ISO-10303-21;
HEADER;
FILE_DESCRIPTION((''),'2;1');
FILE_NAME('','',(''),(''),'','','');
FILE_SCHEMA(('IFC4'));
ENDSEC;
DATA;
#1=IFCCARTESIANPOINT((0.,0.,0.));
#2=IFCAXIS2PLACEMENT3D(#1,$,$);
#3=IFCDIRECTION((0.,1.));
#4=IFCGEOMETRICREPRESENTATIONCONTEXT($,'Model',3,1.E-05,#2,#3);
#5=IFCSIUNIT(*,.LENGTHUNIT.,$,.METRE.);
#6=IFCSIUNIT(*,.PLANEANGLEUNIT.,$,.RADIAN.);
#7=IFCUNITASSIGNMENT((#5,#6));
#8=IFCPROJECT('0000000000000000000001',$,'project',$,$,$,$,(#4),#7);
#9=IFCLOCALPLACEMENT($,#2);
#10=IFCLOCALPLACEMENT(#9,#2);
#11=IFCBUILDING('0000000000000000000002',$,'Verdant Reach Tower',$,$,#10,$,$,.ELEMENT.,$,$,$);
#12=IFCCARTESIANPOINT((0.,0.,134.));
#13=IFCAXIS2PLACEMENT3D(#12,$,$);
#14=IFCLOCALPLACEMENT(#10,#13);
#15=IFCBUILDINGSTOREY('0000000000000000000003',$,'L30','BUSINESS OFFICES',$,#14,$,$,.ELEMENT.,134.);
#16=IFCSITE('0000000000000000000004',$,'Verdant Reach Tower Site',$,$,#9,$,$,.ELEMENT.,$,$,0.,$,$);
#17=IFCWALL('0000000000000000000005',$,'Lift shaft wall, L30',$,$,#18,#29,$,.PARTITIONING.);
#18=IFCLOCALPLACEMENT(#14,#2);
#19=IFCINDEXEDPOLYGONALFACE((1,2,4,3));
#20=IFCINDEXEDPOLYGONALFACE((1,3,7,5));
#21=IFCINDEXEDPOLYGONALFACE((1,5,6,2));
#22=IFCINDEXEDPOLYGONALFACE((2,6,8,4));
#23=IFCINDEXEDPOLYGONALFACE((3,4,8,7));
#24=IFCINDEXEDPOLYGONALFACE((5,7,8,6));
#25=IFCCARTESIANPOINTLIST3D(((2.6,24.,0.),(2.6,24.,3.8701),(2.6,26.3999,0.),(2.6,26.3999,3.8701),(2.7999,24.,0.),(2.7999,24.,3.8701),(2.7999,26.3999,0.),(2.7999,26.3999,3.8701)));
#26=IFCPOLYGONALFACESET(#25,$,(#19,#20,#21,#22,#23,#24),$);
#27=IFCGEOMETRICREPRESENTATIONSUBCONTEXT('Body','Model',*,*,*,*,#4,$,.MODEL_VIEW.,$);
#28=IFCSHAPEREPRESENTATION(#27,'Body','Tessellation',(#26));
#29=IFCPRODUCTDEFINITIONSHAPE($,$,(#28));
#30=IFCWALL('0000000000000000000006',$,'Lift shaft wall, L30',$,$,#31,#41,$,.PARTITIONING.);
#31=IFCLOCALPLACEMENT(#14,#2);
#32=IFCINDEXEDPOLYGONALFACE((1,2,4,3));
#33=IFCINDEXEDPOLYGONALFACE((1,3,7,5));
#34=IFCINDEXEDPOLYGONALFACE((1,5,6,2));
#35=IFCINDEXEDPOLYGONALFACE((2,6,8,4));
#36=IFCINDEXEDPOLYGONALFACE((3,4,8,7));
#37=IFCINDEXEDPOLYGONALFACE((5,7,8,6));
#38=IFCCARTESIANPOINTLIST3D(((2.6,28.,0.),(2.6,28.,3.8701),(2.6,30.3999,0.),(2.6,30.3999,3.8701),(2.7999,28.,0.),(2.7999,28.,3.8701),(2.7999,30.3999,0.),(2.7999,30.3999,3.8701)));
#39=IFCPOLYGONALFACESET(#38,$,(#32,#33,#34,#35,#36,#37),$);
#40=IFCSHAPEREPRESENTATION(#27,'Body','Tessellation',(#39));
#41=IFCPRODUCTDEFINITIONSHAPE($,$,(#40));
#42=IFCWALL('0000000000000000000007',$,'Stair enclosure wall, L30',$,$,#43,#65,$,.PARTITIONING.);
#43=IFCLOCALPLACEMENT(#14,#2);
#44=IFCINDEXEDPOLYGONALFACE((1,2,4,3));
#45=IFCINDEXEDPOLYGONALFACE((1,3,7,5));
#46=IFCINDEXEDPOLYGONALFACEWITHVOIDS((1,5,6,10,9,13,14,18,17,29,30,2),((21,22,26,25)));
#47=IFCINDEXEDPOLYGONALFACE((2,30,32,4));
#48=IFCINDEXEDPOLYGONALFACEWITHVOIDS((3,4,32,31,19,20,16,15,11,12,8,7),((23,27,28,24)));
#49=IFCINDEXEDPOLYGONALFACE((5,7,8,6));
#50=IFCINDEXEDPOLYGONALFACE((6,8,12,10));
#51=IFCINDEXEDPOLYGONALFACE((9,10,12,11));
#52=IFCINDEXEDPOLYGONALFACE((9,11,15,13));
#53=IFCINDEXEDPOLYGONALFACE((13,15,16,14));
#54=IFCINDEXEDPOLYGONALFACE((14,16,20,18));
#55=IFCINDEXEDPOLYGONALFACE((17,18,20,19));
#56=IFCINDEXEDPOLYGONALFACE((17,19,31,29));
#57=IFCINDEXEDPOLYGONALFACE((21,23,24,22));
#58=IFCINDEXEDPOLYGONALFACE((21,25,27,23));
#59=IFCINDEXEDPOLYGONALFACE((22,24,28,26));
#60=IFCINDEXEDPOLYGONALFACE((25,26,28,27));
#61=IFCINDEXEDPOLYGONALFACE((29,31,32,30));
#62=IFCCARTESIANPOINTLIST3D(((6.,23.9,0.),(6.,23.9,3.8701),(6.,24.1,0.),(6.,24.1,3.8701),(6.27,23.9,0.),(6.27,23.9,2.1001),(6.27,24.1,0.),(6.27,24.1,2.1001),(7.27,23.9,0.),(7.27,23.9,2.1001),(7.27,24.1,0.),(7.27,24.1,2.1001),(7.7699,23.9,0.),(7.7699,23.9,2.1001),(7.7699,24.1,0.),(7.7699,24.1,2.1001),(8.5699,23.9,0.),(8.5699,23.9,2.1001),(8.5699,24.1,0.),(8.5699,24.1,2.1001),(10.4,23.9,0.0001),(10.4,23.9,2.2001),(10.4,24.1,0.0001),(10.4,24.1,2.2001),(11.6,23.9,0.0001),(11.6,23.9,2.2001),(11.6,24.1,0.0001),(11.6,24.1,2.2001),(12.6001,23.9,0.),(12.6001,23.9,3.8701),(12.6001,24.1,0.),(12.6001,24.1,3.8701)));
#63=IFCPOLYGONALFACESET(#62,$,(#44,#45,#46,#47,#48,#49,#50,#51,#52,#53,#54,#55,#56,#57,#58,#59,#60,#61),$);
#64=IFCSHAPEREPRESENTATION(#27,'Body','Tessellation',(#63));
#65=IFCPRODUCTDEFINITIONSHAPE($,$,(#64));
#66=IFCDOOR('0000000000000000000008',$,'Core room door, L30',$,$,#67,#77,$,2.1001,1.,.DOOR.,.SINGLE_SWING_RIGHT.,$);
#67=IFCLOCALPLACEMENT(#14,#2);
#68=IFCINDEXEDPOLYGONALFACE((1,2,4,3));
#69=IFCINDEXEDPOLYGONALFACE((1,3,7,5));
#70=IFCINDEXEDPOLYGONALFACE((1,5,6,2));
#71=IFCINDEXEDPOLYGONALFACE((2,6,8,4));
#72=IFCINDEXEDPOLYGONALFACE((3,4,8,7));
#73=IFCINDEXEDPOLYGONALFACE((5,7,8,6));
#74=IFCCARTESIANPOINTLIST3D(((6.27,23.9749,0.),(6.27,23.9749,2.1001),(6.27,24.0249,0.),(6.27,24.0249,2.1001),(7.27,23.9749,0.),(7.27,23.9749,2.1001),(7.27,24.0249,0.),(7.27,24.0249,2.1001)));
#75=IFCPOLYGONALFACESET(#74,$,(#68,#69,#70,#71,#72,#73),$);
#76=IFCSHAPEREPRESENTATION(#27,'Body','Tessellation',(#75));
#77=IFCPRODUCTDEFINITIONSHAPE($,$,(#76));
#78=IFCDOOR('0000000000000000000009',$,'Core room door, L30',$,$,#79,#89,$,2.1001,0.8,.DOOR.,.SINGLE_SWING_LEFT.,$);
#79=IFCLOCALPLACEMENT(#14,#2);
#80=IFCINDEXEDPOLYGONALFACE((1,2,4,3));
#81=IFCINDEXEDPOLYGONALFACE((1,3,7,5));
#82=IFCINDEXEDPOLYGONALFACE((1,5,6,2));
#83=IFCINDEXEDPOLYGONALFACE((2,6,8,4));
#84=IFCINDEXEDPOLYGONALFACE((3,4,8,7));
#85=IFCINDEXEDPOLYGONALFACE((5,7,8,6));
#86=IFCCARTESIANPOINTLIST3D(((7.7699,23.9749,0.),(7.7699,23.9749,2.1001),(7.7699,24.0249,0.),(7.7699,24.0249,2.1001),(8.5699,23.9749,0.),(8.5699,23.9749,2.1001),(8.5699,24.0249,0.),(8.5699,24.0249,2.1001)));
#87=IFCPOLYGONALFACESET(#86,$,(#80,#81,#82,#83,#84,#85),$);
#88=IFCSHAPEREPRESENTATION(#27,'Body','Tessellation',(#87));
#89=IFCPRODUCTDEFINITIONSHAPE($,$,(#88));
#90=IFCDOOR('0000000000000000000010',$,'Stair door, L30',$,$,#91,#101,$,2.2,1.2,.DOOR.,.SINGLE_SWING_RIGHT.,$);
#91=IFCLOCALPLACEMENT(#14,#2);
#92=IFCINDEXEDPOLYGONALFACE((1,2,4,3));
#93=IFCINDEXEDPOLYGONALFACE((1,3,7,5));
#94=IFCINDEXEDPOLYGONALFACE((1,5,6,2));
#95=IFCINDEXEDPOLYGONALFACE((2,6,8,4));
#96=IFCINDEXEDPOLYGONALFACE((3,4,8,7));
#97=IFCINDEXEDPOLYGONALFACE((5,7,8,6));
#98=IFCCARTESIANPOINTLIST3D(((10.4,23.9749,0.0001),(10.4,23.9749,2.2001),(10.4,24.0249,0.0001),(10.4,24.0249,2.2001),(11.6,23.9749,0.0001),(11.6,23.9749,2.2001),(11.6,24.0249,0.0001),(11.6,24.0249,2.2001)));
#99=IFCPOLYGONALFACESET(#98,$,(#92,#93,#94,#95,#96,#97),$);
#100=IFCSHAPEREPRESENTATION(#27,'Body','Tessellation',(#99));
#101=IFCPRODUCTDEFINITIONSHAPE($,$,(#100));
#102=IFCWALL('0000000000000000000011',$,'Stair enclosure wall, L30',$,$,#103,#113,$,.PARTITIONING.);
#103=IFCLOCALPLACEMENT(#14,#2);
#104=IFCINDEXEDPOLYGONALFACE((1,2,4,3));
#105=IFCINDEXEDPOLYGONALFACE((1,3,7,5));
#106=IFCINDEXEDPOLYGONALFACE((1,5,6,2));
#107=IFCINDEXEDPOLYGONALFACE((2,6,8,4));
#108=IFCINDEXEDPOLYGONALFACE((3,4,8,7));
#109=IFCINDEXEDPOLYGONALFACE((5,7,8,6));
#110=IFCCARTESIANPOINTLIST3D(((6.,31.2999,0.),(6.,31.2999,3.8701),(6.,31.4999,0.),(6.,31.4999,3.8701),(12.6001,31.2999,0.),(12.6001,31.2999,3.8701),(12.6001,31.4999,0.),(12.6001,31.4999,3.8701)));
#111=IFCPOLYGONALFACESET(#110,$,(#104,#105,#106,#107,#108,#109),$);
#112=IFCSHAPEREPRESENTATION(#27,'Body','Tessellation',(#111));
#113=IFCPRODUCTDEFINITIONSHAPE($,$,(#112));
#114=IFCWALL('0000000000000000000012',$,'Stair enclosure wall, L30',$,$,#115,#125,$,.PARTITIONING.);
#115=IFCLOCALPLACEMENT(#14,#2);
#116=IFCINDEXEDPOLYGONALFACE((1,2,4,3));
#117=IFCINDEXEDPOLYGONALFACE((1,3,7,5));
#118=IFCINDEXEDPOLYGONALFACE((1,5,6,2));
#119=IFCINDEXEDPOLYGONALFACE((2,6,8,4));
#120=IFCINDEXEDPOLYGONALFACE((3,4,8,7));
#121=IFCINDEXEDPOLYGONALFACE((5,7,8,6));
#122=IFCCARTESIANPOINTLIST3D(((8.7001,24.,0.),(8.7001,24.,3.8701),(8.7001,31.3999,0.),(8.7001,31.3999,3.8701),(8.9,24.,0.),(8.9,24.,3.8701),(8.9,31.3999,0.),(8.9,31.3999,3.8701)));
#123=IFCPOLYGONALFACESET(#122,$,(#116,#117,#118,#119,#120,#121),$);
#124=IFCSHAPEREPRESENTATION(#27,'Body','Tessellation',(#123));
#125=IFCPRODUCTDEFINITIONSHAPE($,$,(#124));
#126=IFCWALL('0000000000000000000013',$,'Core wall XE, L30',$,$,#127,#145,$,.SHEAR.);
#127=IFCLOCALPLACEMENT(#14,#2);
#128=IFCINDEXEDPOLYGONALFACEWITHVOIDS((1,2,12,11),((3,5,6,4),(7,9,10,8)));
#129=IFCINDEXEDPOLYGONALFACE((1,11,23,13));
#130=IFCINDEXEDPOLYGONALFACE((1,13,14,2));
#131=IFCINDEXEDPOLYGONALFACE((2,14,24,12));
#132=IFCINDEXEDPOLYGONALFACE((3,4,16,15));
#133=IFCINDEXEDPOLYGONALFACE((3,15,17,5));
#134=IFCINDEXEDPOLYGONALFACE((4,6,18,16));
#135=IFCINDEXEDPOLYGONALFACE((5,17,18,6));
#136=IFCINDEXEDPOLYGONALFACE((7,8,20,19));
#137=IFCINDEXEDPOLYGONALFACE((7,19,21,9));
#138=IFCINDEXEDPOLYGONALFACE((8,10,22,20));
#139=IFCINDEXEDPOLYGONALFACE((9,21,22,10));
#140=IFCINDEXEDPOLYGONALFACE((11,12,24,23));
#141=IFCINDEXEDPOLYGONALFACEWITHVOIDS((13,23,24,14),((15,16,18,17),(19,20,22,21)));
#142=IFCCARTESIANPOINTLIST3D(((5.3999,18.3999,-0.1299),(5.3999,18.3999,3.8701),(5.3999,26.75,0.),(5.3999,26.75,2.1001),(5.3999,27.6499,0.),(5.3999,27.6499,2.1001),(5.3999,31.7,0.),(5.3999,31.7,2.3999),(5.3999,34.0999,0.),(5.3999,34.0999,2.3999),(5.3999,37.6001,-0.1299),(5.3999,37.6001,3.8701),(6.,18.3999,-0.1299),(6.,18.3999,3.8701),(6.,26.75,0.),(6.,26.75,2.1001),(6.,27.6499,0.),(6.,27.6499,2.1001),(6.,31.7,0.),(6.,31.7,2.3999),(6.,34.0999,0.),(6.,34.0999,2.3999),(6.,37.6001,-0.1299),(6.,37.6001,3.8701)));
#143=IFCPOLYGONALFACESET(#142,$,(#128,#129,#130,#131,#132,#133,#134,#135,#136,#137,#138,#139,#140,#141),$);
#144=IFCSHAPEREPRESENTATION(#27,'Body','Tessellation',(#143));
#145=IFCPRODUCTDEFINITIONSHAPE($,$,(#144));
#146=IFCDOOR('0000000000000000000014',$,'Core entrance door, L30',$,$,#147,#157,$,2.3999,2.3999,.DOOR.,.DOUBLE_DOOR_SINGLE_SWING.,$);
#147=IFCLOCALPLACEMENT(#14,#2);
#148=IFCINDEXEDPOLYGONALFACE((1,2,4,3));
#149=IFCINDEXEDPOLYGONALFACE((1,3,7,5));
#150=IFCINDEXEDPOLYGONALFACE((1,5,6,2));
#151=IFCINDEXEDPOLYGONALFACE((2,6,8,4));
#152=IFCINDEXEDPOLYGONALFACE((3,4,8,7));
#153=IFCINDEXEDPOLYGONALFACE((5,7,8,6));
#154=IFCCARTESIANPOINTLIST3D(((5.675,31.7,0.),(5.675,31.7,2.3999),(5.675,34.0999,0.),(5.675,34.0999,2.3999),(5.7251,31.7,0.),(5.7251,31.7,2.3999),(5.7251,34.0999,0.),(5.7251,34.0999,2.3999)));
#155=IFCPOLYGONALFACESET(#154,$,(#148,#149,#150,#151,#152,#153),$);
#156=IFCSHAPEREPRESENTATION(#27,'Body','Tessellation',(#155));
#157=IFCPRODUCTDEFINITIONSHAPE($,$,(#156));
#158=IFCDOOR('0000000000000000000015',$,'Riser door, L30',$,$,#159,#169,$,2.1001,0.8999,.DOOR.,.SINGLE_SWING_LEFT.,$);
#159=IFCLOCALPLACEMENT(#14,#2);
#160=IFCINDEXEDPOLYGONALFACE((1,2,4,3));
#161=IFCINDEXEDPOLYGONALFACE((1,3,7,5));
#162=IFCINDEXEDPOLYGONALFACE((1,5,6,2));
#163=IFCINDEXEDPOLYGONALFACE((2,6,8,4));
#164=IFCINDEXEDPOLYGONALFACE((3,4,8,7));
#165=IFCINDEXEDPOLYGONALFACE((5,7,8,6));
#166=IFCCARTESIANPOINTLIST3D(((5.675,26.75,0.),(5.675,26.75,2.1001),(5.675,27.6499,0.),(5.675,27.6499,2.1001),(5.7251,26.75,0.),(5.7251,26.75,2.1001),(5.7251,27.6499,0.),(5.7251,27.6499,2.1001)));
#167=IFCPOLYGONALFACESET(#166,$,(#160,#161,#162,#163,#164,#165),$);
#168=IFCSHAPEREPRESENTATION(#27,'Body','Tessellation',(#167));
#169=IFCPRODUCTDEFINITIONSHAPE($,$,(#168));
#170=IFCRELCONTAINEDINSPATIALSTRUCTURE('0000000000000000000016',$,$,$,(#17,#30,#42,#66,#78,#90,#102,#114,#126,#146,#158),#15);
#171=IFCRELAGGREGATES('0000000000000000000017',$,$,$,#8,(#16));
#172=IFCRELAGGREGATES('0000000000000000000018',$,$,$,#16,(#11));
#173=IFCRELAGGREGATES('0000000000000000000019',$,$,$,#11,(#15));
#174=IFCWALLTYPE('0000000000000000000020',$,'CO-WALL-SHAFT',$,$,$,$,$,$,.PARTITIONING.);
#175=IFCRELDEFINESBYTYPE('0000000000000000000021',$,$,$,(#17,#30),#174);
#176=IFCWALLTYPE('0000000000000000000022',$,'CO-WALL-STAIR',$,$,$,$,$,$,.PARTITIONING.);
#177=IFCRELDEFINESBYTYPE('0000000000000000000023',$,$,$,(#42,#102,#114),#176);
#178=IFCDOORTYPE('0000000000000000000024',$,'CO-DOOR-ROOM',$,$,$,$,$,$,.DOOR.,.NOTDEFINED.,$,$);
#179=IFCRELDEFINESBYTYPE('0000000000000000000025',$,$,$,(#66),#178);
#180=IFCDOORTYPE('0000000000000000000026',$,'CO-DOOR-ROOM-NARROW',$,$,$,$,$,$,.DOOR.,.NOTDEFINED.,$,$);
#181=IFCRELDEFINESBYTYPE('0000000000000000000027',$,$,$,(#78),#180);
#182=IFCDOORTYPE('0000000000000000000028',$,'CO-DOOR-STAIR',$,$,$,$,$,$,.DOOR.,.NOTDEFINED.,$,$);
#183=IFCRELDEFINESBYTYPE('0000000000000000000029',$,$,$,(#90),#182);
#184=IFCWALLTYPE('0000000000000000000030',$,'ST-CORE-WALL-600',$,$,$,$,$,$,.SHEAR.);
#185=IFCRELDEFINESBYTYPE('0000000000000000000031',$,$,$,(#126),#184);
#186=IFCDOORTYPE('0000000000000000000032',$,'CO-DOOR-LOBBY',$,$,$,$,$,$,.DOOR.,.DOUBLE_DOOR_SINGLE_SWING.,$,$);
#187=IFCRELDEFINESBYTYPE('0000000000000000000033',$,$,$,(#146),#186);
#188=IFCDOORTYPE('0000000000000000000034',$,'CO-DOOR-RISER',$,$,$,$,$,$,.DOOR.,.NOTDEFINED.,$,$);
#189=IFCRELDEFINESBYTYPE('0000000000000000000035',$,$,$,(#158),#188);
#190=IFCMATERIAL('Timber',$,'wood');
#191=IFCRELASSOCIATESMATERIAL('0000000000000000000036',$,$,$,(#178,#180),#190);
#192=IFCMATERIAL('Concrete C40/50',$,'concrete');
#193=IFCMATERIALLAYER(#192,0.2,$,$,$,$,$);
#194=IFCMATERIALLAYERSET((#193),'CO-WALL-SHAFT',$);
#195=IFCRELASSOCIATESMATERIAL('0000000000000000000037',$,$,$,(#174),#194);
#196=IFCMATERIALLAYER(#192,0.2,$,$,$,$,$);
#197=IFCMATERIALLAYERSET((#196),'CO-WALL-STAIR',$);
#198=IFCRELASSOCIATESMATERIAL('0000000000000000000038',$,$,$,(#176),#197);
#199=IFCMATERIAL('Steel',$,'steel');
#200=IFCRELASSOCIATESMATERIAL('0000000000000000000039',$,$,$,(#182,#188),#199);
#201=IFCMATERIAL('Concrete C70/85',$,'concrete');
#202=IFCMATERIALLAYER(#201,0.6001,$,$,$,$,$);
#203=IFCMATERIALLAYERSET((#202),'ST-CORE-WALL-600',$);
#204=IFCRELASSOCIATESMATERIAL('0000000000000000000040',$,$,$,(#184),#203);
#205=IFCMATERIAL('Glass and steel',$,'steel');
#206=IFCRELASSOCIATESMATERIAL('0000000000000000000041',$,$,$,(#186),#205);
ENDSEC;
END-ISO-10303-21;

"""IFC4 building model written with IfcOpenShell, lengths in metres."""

from ifc_helpers import new_model, si_unit, direction, frame, frame_2d, origin, place, context, subcontext, project, spatial, rectangle, extrude, material, layer, layer_set, type_object, element, fill, save


model = new_model("IFC4")

# Units and contexts
model_context = context("Model", 3, precision=1e-05, world=origin(), true_north=direction((0.0, 1.0)))
body_context = subcontext(model_context, "Body", "Model", "MODEL_VIEW")
ifc_project = project(units=[si_unit("LENGTHUNIT", "METRE"), si_unit("PLANEANGLEUNIT", "RADIAN")], contexts=[model_context])

# Site, building, storey
site_placement = place(None, origin())
site = spatial("IfcSite", under=ifc_project, at=site_placement, Name="Verdant Reach Tower Site", CompositionType="ELEMENT", RefElevation=0.0)
building_placement = place(site_placement, origin())
building = spatial("IfcBuilding", under=site, at=building_placement, Name="Verdant Reach Tower", CompositionType="ELEMENT")
storey_placement = place(building_placement, frame((0.0, 0.0, 134.0)))
storey = spatial("IfcBuildingStorey", under=building, at=storey_placement, Name="L30", Description="BUSINESS OFFICES", CompositionType="ELEMENT", Elevation=134.0)

# Shared definitions
ifc_material_1 = material(Name="Timber", Category="wood")
door_type_1 = type_object("IfcDoorType", Name="CO-DOOR-ROOM", OperationType="NOTDEFINED", PredefinedType="DOOR", material=ifc_material_1)

# Walls
ifc_material_2 = material(Name="Concrete C40/50", Category="concrete")
ifc_layer_1 = layer(ifc_material_2, 0.2)
ifc_layer_set_1 = layer_set([ifc_layer_1], Name="CO-WALL-SHAFT")
wall_type_1 = type_object("IfcWallType", Name="CO-WALL-SHAFT", PredefinedType="PARTITIONING", material=ifc_layer_set_1)
for number, where, z_axis, x_axis, name in (
    (1, (2.7, 24.0, 0.0), (0.0, 0.0, 1.0), (0.0, 1.0, 0.0), "Lift shaft wall, L30"),
    (2, (2.7, 28.0, 0.0), (0.0, 0.0, 1.0), (0.0, 1.0, 0.0), "Lift shaft wall, L30"),
):
    element("IfcWall", number, at=place(storey_placement, frame(where, z_axis=z_axis, x_axis=x_axis)), inside=storey, type_object=wall_type_1, Name=name, PredefinedType="PARTITIONING", context=body_context, shape_type="SweptSolid", body=[
        extrude(rectangle(XDim=2.3999, YDim=0.2, at=frame_2d((1.2, 0.0))), origin(), (0.0, 0.0, 1.0), 3.8701),
    ])

# Wall, openings, doors
ifc_layer_2 = layer(ifc_material_2, 0.2)
ifc_layer_set_2 = layer_set([ifc_layer_2], Name="CO-WALL-STAIR")
wall_type_2 = type_object("IfcWallType", Name="CO-WALL-STAIR", PredefinedType="PARTITIONING", material=ifc_layer_set_2)
wall_1_placement = place(storey_placement, frame((6.0, 24.0, 0.0), z_axis=(0.0, 0.0, 1.0), x_axis=(1.0, 0.0, 0.0)))
wall_1 = element("IfcWall", 3, at=wall_1_placement, inside=storey, type_object=wall_type_2, Name="Stair enclosure wall, L30", PredefinedType="PARTITIONING", context=body_context, shape_type="SweptSolid", body=[
    extrude(rectangle(XDim=6.6001, YDim=0.2, at=frame_2d((3.3, 0.0))), origin(), (0.0, 0.0, 1.0), 3.8701),
])
opening_1_placement = place(wall_1_placement, frame((0.27, 0.0, 0.0)))
opening_1 = element("IfcOpeningElement", 4, at=opening_1_placement, cuts=wall_1, PredefinedType="OPENING", context=body_context, shape_type="SweptSolid", body=[
    extrude(rectangle(XDim=1.0, YDim=2.1001, at=frame_2d((0.5, 1.05))), frame((0.0, 0.1099, 0.0), z_axis=(0.0, -1.0, 0.0), x_axis=(1.0, 0.0, 0.0)), (0.0, 0.0, 1.0), 0.22),
])
opening_2_placement = place(wall_1_placement, frame((1.77, 0.0, 0.0)))
opening_2 = element("IfcOpeningElement", 5, at=opening_2_placement, cuts=wall_1, PredefinedType="OPENING", context=body_context, shape_type="SweptSolid", body=[
    extrude(rectangle(XDim=0.8, YDim=2.1001, at=frame_2d((0.3999, 1.05))), frame((0.0, 0.1099, 0.0), z_axis=(0.0, -1.0, 0.0), x_axis=(1.0, 0.0, 0.0)), (0.0, 0.0, 1.0), 0.22),
])
opening_3_placement = place(wall_1_placement, frame((4.3999, 0.0, 0.0)))
opening_3 = element("IfcOpeningElement", 6, at=opening_3_placement, cuts=wall_1, PredefinedType="OPENING", context=body_context, shape_type="SweptSolid", body=[
    extrude(rectangle(XDim=1.2, YDim=2.2, at=frame_2d((0.6001, 1.1001))), frame((0.0, 0.1099, 0.0), z_axis=(0.0, -1.0, 0.0), x_axis=(1.0, 0.0, 0.0)), (0.0, 0.0, 1.0), 0.22),
])
door_1_placement = place(opening_1_placement, origin())
door_1 = element("IfcDoor", 7, at=door_1_placement, inside=storey, type_object=door_type_1, Name="Core room door, L30", OperationType="SINGLE_SWING_RIGHT", OverallHeight=2.1001, OverallWidth=1.0, PredefinedType="DOOR", context=body_context, shape_type="SweptSolid", body=[
    extrude(rectangle(XDim=1.0, YDim=2.1001, at=frame_2d((0.5, 1.05))), frame((0.0, 0.0249, 0.0), z_axis=(0.0, -1.0, 0.0), x_axis=(1.0, 0.0, 0.0)), (0.0, 0.0, 1.0), 0.05),
])
fill(opening_1, door_1)
door_type_2 = type_object("IfcDoorType", Name="CO-DOOR-ROOM-NARROW", OperationType="NOTDEFINED", PredefinedType="DOOR", material=ifc_material_1)
door_2_placement = place(opening_2_placement, origin())
door_2 = element("IfcDoor", 8, at=door_2_placement, inside=storey, type_object=door_type_2, Name="Core room door, L30", OperationType="SINGLE_SWING_LEFT", OverallHeight=2.1001, OverallWidth=0.8, PredefinedType="DOOR", context=body_context, shape_type="SweptSolid", body=[
    extrude(rectangle(XDim=0.8, YDim=2.1001, at=frame_2d((0.3999, 1.05))), frame((0.0, 0.0249, 0.0), z_axis=(0.0, -1.0, 0.0), x_axis=(1.0, 0.0, 0.0)), (0.0, 0.0, 1.0), 0.05),
])
fill(opening_2, door_2)
ifc_material_3 = material(Name="Steel", Category="steel")
door_type_3 = type_object("IfcDoorType", Name="CO-DOOR-STAIR", OperationType="NOTDEFINED", PredefinedType="DOOR", material=ifc_material_3)
door_3_placement = place(opening_3_placement, origin())
door_3 = element("IfcDoor", 9, at=door_3_placement, inside=storey, type_object=door_type_3, Name="Stair door, L30", OperationType="SINGLE_SWING_RIGHT", OverallHeight=2.2, OverallWidth=1.2, PredefinedType="DOOR", context=body_context, shape_type="SweptSolid", body=[
    extrude(rectangle(XDim=1.2, YDim=2.2, at=frame_2d((0.6001, 1.1001))), frame((0.0, 0.0249, 0.0), z_axis=(0.0, -1.0, 0.0), x_axis=(1.0, 0.0, 0.0)), (0.0, 0.0, 1.0), 0.05),
])
fill(opening_3, door_3)

# Walls
wall_2_placement = place(storey_placement, frame((6.0, 31.3999, 0.0), z_axis=(0.0, 0.0, 1.0), x_axis=(1.0, 0.0, 0.0)))
element("IfcWall", 10, at=wall_2_placement, inside=storey, type_object=wall_type_2, Name="Stair enclosure wall, L30", PredefinedType="PARTITIONING", context=body_context, shape_type="SweptSolid", body=[
    extrude(rectangle(XDim=6.6001, YDim=0.2, at=frame_2d((3.3, 0.0))), origin(), (0.0, 0.0, 1.0), 3.8701),
])
wall_3_placement = place(storey_placement, frame((8.8, 24.0, 0.0), z_axis=(0.0, 0.0, 1.0), x_axis=(0.0, 1.0, 0.0)))
element("IfcWall", 11, at=wall_3_placement, inside=storey, type_object=wall_type_2, Name="Stair enclosure wall, L30", PredefinedType="PARTITIONING", context=body_context, shape_type="SweptSolid", body=[
    extrude(rectangle(XDim=7.3999, YDim=0.2, at=frame_2d((3.7, 0.0))), origin(), (0.0, 0.0, 1.0), 3.8701),
])

# Wall, openings, doors
ifc_material_4 = material(Name="Concrete C70/85", Category="concrete")
ifc_layer_3 = layer(ifc_material_4, 0.6001)
ifc_layer_set_3 = layer_set([ifc_layer_3], Name="ST-CORE-WALL-600")
wall_type_3 = type_object("IfcWallType", Name="ST-CORE-WALL-600", PredefinedType="SHEAR", material=ifc_layer_set_3)
wall_4_placement = place(storey_placement, frame((5.7, 18.3999, -0.1299), z_axis=(0.0, 0.0, 1.0), x_axis=(0.0, 1.0, 0.0)))
wall_4 = element("IfcWall", 12, at=wall_4_placement, inside=storey, type_object=wall_type_3, Name="Core wall XE, L30", PredefinedType="SHEAR", context=body_context, shape_type="SweptSolid", body=[
    extrude(rectangle(XDim=19.2002, YDim=0.6001, at=frame_2d((9.6001, 0.0))), origin(), (0.0, 0.0, 1.0), 4.0),
])
opening_4_placement = place(wall_4_placement, frame((8.3501, 0.0, 0.1299)))
opening_4 = element("IfcOpeningElement", 13, at=opening_4_placement, cuts=wall_4, PredefinedType="OPENING", context=body_context, shape_type="SweptSolid", body=[
    extrude(rectangle(XDim=0.8999, YDim=2.1001, at=frame_2d((0.45, 1.05))), frame((0.0, 0.3101, 0.0), z_axis=(0.0, -1.0, 0.0), x_axis=(1.0, 0.0, 0.0)), (0.0, 0.0, 1.0), 0.6201),
])
opening_5_placement = place(wall_4_placement, frame((13.3, 0.0, 0.1299)))
opening_5 = element("IfcOpeningElement", 14, at=opening_5_placement, cuts=wall_4, PredefinedType="OPENING", context=body_context, shape_type="SweptSolid", body=[
    extrude(rectangle(XDim=2.3999, YDim=2.3999, at=frame_2d((1.2, 1.2))), frame((0.0, 0.3101, 0.0), z_axis=(0.0, -1.0, 0.0), x_axis=(1.0, 0.0, 0.0)), (0.0, 0.0, 1.0), 0.6201),
])
ifc_material_5 = material(Name="Glass and steel", Category="steel")
door_type_4 = type_object("IfcDoorType", Name="CO-DOOR-LOBBY", OperationType="DOUBLE_DOOR_SINGLE_SWING", PredefinedType="DOOR", material=ifc_material_5)
door_4_placement = place(opening_5_placement, origin())
door_4 = element("IfcDoor", 15, at=door_4_placement, inside=storey, type_object=door_type_4, Name="Core entrance door, L30", OperationType="DOUBLE_DOOR_SINGLE_SWING", OverallHeight=2.3999, OverallWidth=2.3999, PredefinedType="DOOR", context=body_context, shape_type="SweptSolid", body=[
    extrude(rectangle(XDim=2.3999, YDim=2.3999, at=frame_2d((1.2, 1.2))), frame((0.0, 0.0249, 0.0), z_axis=(0.0, -1.0, 0.0), x_axis=(1.0, 0.0, 0.0)), (0.0, 0.0, 1.0), 0.05),
])
fill(opening_5, door_4)
door_type_5 = type_object("IfcDoorType", Name="CO-DOOR-RISER", OperationType="NOTDEFINED", PredefinedType="DOOR", material=ifc_material_3)
door_5_placement = place(opening_4_placement, origin())
door_5 = element("IfcDoor", 16, at=door_5_placement, inside=storey, type_object=door_type_5, Name="Riser door, L30", OperationType="SINGLE_SWING_LEFT", OverallHeight=2.1001, OverallWidth=0.8999, PredefinedType="DOOR", context=body_context, shape_type="SweptSolid", body=[
    extrude(rectangle(XDim=0.8999, YDim=2.1001, at=frame_2d((0.45, 1.05))), frame((0.0, 0.0249, 0.0), z_axis=(0.0, -1.0, 0.0), x_axis=(1.0, 0.0, 0.0)), (0.0, 0.0, 1.0), 0.05),
])
fill(opening_4, door_5)

save(model, "model.ifc")
